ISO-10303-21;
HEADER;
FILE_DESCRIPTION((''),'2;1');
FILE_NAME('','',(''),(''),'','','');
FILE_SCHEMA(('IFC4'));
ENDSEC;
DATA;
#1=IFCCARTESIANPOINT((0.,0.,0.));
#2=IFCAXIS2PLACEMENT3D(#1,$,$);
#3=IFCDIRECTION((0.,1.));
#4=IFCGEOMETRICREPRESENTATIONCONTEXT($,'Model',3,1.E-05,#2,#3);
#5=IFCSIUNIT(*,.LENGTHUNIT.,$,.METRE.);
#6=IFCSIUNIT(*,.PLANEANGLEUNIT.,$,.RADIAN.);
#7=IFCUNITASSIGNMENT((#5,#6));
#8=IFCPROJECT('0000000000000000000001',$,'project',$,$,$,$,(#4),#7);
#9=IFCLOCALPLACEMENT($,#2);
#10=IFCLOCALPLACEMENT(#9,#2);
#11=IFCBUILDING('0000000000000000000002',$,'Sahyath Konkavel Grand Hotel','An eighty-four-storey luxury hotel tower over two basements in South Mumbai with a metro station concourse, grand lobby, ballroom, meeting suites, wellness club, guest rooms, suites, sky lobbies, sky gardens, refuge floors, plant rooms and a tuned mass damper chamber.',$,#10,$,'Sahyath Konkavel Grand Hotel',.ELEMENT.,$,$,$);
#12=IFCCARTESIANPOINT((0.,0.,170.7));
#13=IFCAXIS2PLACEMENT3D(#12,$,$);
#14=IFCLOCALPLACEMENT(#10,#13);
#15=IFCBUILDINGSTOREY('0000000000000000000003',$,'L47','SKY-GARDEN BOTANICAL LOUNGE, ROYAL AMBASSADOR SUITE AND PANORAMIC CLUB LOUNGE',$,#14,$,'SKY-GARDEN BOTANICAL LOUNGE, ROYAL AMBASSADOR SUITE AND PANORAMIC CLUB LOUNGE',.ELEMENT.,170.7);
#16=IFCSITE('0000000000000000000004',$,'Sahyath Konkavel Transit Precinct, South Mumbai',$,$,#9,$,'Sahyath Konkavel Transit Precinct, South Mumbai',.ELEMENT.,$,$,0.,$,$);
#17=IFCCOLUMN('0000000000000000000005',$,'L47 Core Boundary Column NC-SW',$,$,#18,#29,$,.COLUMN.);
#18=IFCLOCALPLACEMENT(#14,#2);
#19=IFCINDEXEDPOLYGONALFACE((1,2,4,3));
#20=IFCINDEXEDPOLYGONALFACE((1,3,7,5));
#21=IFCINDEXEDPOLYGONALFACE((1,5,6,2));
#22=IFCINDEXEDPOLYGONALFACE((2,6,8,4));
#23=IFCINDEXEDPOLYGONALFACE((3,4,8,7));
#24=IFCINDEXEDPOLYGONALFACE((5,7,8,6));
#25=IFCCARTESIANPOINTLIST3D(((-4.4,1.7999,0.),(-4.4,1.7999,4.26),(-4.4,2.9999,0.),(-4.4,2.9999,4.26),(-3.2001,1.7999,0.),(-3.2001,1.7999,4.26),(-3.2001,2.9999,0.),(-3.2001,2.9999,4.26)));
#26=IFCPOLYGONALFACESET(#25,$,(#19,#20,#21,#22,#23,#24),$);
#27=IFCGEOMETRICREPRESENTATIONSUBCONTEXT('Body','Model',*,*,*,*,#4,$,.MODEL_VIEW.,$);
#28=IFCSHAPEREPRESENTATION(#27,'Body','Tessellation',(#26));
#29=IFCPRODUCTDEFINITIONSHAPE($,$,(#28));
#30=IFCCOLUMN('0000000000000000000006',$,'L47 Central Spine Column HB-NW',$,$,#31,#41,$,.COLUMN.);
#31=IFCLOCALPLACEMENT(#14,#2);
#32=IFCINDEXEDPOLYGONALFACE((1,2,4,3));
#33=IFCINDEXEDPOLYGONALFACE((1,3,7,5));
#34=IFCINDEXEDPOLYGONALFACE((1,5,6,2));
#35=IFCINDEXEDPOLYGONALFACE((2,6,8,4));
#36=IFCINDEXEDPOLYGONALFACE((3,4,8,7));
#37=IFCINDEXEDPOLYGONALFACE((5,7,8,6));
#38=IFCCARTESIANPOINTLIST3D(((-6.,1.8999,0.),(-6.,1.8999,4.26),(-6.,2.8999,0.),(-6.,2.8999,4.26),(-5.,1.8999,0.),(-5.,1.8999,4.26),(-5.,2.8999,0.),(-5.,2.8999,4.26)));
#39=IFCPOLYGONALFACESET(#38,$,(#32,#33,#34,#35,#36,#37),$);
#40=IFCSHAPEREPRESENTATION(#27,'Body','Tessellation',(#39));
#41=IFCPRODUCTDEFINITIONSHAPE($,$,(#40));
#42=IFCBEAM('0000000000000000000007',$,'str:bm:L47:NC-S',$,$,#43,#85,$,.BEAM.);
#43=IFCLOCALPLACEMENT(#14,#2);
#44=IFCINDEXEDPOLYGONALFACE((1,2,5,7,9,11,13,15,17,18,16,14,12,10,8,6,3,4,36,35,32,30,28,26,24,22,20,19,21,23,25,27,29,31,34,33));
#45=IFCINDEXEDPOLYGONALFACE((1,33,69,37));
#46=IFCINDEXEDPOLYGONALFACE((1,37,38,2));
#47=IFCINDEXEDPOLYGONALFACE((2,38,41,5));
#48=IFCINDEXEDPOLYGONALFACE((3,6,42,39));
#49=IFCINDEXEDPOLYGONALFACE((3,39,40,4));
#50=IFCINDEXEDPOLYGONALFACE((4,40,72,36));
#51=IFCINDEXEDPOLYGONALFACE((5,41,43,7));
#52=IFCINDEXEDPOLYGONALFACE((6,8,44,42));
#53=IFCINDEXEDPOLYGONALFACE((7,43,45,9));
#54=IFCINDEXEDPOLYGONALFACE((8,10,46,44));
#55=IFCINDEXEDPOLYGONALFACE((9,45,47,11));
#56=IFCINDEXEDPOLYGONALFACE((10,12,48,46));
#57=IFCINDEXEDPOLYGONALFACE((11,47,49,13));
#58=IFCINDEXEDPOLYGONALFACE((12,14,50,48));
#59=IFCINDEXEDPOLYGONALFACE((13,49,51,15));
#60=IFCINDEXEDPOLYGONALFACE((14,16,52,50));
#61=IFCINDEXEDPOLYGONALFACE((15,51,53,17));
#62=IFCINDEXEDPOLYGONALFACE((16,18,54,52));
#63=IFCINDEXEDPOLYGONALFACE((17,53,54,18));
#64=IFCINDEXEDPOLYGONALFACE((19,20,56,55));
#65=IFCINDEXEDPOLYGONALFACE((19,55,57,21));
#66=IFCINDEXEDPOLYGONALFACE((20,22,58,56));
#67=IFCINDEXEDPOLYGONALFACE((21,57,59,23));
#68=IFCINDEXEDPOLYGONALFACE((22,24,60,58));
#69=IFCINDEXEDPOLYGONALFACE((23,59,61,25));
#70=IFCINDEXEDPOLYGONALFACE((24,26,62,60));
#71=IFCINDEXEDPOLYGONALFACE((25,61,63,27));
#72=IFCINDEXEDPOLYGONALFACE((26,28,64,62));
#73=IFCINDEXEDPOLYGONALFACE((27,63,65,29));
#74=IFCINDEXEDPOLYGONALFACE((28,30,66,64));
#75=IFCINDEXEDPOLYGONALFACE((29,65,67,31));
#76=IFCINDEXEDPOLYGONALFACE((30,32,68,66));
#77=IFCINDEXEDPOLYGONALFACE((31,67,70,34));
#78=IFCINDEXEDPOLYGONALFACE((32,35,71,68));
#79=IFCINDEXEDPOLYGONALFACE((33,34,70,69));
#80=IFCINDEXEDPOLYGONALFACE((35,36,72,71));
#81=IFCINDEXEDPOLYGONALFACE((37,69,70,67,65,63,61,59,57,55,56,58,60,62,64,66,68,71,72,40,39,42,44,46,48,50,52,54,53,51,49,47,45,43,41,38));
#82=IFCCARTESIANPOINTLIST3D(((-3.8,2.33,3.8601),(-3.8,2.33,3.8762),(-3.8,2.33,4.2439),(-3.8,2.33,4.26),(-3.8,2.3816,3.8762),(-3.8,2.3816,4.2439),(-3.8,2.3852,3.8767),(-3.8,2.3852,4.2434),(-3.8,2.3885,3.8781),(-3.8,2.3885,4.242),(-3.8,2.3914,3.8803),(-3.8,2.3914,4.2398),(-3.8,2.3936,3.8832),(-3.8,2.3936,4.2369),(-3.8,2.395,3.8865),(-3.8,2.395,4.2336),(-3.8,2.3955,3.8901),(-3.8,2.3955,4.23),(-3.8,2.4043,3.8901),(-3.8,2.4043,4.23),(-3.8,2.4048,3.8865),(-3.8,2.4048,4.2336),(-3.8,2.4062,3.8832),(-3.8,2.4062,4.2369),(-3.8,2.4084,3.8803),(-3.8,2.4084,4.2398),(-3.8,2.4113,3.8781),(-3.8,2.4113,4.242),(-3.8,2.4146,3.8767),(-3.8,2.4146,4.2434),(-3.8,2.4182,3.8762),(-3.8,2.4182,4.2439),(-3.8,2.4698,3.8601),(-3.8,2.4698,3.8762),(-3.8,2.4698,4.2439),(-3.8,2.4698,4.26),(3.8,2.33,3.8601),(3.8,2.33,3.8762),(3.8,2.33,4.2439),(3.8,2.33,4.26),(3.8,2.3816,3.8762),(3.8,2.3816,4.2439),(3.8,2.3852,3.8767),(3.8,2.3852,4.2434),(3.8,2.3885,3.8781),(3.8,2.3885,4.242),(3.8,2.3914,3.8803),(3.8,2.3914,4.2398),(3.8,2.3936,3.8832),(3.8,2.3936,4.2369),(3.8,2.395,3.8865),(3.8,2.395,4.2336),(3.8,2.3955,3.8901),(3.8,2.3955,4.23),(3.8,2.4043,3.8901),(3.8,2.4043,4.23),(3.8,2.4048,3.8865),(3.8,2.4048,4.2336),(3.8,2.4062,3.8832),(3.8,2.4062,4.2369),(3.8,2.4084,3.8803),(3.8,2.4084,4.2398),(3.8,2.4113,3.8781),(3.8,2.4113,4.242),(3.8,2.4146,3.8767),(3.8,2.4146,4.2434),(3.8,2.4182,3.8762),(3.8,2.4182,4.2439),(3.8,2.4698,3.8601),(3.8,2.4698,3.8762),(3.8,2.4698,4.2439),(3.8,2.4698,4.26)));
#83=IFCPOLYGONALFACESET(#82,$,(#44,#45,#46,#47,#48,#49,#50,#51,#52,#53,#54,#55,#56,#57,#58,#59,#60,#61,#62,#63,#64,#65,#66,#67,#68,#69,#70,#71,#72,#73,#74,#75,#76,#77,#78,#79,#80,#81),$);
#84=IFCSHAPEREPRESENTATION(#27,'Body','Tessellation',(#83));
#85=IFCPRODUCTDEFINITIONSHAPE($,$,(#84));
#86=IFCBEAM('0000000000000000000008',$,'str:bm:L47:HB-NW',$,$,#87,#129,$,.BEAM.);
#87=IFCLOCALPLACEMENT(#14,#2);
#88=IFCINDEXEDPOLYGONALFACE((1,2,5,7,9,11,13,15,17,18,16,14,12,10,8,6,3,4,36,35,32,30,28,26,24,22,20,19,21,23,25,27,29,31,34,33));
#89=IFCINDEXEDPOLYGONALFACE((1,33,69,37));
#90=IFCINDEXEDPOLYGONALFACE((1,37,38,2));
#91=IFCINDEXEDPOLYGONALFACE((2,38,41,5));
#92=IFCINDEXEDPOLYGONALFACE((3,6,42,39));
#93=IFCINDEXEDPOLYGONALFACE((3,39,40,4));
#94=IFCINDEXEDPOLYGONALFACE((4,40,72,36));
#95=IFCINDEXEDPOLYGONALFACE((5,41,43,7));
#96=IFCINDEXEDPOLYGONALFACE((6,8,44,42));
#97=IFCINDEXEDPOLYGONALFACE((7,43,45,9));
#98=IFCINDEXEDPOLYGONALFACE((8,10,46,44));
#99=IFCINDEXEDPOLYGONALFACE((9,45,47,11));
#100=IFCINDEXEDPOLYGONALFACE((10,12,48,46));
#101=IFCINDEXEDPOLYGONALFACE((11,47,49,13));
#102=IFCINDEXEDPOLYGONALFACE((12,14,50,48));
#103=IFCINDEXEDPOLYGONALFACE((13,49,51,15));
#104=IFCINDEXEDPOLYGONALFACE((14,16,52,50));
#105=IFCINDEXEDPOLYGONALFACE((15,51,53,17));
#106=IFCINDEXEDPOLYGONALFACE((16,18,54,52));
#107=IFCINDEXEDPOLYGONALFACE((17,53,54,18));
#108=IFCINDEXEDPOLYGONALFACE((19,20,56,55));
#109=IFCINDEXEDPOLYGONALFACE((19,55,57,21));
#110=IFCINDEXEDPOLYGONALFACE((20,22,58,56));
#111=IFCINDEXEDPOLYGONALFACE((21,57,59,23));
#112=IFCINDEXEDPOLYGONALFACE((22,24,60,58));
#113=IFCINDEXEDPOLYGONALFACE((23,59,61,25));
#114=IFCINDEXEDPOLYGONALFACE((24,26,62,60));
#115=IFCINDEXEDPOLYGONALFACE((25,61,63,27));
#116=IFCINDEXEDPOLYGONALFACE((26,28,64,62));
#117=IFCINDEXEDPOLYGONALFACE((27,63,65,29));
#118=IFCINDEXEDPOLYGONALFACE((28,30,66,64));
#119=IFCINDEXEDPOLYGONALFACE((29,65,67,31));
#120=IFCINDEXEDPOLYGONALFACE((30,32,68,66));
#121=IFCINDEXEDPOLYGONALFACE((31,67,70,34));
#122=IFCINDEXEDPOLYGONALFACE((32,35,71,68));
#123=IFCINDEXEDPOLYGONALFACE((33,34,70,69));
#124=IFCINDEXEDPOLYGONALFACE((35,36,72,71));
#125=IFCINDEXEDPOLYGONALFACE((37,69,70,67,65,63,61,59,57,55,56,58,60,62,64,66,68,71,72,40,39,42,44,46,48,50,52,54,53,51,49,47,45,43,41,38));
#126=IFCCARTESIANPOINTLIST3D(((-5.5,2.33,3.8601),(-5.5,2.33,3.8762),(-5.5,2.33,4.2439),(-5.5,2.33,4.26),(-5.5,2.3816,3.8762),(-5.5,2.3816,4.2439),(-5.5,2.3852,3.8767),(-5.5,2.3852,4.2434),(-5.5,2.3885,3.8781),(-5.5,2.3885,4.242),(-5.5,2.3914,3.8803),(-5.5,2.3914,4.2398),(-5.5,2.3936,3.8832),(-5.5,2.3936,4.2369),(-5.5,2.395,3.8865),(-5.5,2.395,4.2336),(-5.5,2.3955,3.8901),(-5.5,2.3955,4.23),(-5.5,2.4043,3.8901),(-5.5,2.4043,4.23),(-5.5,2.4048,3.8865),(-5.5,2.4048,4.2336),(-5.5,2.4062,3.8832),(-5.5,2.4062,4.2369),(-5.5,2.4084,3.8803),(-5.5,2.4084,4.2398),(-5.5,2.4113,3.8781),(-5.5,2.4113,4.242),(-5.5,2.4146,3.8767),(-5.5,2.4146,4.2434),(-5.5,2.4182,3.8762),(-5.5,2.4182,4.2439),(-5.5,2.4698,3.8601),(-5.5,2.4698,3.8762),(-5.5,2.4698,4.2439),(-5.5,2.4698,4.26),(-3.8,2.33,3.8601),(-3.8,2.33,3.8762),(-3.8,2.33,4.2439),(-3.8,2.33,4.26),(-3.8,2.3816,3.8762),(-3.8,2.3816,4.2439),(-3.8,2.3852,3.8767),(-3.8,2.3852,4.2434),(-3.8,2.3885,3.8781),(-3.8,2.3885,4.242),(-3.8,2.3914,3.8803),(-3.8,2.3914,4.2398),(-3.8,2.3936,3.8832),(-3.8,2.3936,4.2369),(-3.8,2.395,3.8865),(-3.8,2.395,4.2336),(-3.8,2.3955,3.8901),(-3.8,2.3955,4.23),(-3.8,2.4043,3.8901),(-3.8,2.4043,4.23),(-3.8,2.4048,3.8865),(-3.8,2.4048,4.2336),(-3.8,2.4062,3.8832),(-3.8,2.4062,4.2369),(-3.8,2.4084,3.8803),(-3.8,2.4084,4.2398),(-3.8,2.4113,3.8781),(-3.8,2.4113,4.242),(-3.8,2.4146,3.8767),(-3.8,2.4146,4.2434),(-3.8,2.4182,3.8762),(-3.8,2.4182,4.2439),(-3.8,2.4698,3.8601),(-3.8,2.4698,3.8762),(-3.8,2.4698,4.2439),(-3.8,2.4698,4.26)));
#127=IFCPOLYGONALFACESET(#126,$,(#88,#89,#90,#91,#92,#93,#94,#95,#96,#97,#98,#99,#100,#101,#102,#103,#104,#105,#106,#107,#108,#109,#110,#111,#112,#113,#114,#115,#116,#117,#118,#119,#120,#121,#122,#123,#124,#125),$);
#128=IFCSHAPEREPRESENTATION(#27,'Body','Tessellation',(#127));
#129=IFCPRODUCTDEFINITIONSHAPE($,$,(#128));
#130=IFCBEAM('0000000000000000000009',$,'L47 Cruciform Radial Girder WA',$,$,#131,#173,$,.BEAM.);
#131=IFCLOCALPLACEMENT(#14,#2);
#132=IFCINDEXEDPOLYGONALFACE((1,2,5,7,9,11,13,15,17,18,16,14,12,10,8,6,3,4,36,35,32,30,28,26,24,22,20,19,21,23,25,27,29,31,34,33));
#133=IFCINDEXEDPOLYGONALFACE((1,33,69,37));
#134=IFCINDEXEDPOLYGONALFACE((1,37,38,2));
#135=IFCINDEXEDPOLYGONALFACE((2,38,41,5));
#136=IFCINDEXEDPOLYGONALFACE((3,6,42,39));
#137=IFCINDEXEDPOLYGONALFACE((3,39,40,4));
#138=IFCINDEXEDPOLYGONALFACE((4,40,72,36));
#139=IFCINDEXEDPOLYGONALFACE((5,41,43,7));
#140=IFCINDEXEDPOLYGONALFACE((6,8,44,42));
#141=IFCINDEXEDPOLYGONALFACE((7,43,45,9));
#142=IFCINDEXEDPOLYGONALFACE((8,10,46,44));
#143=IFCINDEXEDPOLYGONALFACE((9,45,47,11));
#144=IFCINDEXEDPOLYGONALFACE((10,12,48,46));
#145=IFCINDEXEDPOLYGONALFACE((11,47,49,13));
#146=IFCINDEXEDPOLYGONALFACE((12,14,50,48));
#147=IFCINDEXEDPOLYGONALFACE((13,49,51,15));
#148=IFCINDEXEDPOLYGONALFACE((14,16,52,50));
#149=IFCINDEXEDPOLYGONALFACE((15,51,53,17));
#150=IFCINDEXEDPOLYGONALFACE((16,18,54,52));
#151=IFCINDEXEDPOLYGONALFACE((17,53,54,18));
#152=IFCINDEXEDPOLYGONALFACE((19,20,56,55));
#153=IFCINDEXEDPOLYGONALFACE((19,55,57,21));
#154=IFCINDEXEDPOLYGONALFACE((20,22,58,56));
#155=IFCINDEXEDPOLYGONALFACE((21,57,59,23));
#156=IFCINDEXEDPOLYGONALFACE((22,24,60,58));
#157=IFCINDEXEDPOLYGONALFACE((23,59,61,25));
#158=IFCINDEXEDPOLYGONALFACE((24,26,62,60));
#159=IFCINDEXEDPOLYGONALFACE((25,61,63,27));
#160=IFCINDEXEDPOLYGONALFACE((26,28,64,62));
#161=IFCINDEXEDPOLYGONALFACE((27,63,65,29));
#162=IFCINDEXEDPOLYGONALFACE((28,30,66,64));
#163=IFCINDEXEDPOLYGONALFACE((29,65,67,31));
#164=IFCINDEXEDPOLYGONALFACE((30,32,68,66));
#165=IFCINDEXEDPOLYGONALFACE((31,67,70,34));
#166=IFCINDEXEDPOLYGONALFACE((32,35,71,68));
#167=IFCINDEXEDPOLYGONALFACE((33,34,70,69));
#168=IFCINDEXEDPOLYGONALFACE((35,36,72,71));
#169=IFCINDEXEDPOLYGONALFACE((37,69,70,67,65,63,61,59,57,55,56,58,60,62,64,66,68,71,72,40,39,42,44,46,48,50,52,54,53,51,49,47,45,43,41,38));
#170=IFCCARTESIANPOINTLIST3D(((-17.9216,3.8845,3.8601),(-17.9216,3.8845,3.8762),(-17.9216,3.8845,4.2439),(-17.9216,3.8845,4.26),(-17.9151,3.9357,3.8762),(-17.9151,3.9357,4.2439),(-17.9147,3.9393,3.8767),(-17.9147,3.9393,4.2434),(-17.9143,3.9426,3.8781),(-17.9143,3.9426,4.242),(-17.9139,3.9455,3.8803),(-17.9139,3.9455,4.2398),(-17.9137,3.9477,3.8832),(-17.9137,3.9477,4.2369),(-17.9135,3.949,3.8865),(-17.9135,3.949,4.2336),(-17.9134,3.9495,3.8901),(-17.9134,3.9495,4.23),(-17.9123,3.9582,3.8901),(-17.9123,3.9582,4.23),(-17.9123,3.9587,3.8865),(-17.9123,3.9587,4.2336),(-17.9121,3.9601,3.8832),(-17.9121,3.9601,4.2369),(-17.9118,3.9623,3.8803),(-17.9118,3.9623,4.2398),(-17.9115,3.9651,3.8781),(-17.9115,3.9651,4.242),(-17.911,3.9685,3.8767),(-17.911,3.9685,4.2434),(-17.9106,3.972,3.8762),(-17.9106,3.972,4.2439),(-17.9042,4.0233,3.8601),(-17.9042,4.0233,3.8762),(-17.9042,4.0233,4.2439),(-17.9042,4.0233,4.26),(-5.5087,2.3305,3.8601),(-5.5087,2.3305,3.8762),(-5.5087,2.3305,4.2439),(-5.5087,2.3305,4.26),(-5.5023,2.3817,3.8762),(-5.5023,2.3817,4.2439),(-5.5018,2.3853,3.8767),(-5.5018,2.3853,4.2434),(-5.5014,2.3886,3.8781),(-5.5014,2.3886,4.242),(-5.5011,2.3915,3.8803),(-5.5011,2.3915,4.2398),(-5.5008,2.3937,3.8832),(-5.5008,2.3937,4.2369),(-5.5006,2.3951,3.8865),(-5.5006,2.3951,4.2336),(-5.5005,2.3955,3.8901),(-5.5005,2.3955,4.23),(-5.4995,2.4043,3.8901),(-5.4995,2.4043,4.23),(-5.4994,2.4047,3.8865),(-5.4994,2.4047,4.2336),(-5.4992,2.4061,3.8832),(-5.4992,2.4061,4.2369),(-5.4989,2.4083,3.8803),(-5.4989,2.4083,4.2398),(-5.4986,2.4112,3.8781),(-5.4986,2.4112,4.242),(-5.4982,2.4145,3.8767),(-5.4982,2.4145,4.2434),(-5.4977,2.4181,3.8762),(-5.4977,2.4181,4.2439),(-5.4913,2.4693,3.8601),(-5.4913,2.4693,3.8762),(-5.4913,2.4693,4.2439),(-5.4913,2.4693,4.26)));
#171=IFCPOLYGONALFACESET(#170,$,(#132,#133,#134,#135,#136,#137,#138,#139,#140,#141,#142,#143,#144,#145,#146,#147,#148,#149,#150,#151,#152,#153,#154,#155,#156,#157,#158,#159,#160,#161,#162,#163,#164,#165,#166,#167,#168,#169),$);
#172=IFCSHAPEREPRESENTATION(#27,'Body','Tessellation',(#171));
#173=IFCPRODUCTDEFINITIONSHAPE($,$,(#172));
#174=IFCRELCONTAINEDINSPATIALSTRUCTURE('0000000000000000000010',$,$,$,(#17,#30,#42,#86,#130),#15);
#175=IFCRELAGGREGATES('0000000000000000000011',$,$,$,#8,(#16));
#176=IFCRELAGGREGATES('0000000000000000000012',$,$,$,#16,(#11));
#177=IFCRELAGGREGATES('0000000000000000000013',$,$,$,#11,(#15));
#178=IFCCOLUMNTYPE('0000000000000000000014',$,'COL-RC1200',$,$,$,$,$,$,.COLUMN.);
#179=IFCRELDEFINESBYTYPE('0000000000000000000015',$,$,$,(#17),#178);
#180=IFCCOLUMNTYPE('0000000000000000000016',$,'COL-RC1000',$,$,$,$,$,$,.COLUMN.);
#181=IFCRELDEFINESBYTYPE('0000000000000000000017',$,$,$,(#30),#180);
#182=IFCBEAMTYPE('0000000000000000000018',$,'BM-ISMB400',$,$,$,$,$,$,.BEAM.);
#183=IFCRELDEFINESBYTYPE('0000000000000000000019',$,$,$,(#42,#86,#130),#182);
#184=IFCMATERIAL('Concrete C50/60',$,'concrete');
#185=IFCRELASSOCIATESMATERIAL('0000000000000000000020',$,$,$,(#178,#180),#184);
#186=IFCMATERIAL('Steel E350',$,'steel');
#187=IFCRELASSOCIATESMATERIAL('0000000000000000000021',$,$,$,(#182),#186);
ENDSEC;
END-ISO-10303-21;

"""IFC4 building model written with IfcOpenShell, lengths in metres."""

from ifc_helpers import new_model, si_unit, direction, frame, origin, origin_2d, place, context, subcontext, project, spatial, rectangle, i_section, extrude, source, transform, mapped, material, material_profile, profile_set, type_object, element, save


model = new_model("IFC4")

# Units and contexts
model_context = context("Model", 3, precision=1e-05, world=origin(), true_north=direction((0.0, 1.0)))
body_context = subcontext(model_context, "Body", "Model", "MODEL_VIEW")
ifc_project = project(units=[si_unit("LENGTHUNIT", "METRE"), si_unit("PLANEANGLEUNIT", "RADIAN")], contexts=[model_context])

# Site, building, storey
site_placement = place(None, origin())
site = spatial("IfcSite", under=ifc_project, at=site_placement, Name="Sahyath Konkavel Transit Precinct, South Mumbai", LongName="Sahyath Konkavel Transit Precinct, South Mumbai", CompositionType="ELEMENT", RefElevation=0.0)
building_placement = place(site_placement, origin())
building = spatial("IfcBuilding", under=site, at=building_placement, Name="Sahyath Konkavel Grand Hotel", Description="An eighty-four-storey luxury hotel tower over two basements in South Mumbai with a metro station concourse, grand lobby, ballroom, meeting suites, wellness club, guest rooms, suites, sky lobbies, sky gardens, refuge floors, plant rooms and a tuned mass damper chamber.", LongName="Sahyath Konkavel Grand Hotel", CompositionType="ELEMENT")
storey_placement = place(building_placement, frame((0.0, 0.0, 170.7)))
storey = spatial("IfcBuildingStorey", under=building, at=storey_placement, Name="L47", Description="SKY-GARDEN BOTANICAL LOUNGE, ROYAL AMBASSADOR SUITE AND PANORAMIC CLUB LOUNGE", LongName="SKY-GARDEN BOTANICAL LOUNGE, ROYAL AMBASSADOR SUITE AND PANORAMIC CLUB LOUNGE", CompositionType="ELEMENT", Elevation=170.7)

# Columns
ifc_material_1 = material(Name="Concrete C50/60", Category="concrete")
ifc_material_profile_1 = material_profile(ifc_material_1, rectangle(XDim=1.2, YDim=1.2, at=origin_2d()), Name="RC 1200x1200")
ifc_profile_set_1 = profile_set([ifc_material_profile_1], Name="Concrete C50/60")
column_type_1 = type_object("IfcColumnType", Name="COL-RC1200", PredefinedType="COLUMN", material=ifc_profile_set_1)
shared_shape_1 = source(origin(), body_context, "Body", "SweptSolid", [
    extrude(rectangle(XDim=1.2, YDim=1.2, at=origin_2d()), origin(), (0.0, 0.0, 1.0), 4.26),
])
column_1_placement = place(storey_placement, frame((-3.8, 2.3999, 0.0), z_axis=(0.0, 0.0, 1.0), x_axis=(1.0, 0.0, 0.0)))
element("IfcColumn", 1, at=column_1_placement, inside=storey, type_object=column_type_1, Name="L47 Core Boundary Column NC-SW", PredefinedType="COLUMN", context=body_context, shape_type="MappedRepresentation", body=[
    mapped(shared_shape_1, transform((0.0, 0.0, 0.0), scale=1.0)),
])
ifc_material_profile_2 = material_profile(ifc_material_1, rectangle(XDim=1.0, YDim=1.0, at=origin_2d()), Name="RC 1000x1000")
ifc_profile_set_2 = profile_set([ifc_material_profile_2], Name="Concrete C50/60")
column_type_2 = type_object("IfcColumnType", Name="COL-RC1000", PredefinedType="COLUMN", material=ifc_profile_set_2)
shared_shape_2 = source(origin(), body_context, "Body", "SweptSolid", [
    extrude(rectangle(XDim=1.0, YDim=1.0, at=origin_2d()), origin(), (0.0, 0.0, 1.0), 4.26),
])
column_2_placement = place(storey_placement, frame((-5.5, 2.3999, 0.0), z_axis=(0.0, 0.0, 1.0), x_axis=(1.0, 0.0, 0.0)))
element("IfcColumn", 2, at=column_2_placement, inside=storey, type_object=column_type_2, Name="L47 Central Spine Column HB-NW", PredefinedType="COLUMN", context=body_context, shape_type="MappedRepresentation", body=[
    mapped(shared_shape_2, transform((0.0, 0.0, 0.0), scale=1.0)),
])

# Beams
ifc_material_2 = material(Name="Steel E350", Category="steel")
ifc_material_profile_3 = material_profile(ifc_material_2, i_section(OverallWidth=0.1399, OverallDepth=0.3999, WebThickness=0.0088, FlangeThickness=0.0161, FilletRadius=0.0139, at=origin_2d()), Name="ISMB 400")
ifc_profile_set_3 = profile_set([ifc_material_profile_3], Name="Steel E350")
beam_type = type_object("IfcBeamType", Name="BM-ISMB400", PredefinedType="BEAM", material=ifc_profile_set_3)
shared_shape_3 = source(origin(), body_context, "Body", "SweptSolid", [
    extrude(i_section(OverallWidth=0.1399, OverallDepth=0.3999, WebThickness=0.0088, FlangeThickness=0.0161, FilletRadius=0.0139, at=origin_2d()), origin(), (0.0, 0.0, 1.0), 7.6001),
])
beam_1_placement = place(storey_placement, frame((-3.8, 2.3999, 4.0601), z_axis=(1.0, 0.0, 0.0), x_axis=(0.0, 1.0, 0.0)))
element("IfcBeam", 3, at=beam_1_placement, inside=storey, type_object=beam_type, Name="str:bm:L47:NC-S", PredefinedType="BEAM", context=body_context, shape_type="MappedRepresentation", body=[
    mapped(shared_shape_3, transform((0.0, 0.0, 0.0), scale=1.0)),
])
shared_shape_4 = source(origin(), body_context, "Body", "SweptSolid", [
    extrude(i_section(OverallWidth=0.1399, OverallDepth=0.3999, WebThickness=0.0088, FlangeThickness=0.0161, FilletRadius=0.0139, at=origin_2d()), origin(), (0.0, 0.0, 1.0), 1.7),
])
beam_2_placement = place(storey_placement, frame((-5.5, 2.3999, 4.0601), z_axis=(1.0, 0.0, 0.0), x_axis=(0.0, 1.0, 0.0)))
element("IfcBeam", 4, at=beam_2_placement, inside=storey, type_object=beam_type, Name="str:bm:L47:HB-NW", PredefinedType="BEAM", context=body_context, shape_type="MappedRepresentation", body=[
    mapped(shared_shape_4, transform((0.0, 0.0, 0.0), scale=1.0)),
])
shared_shape_5 = source(origin(), body_context, "Body", "SweptSolid", [
    extrude(i_section(OverallWidth=0.1399, OverallDepth=0.3999, WebThickness=0.0088, FlangeThickness=0.0161, FilletRadius=0.0139, at=origin_2d()), origin(), (0.0, 0.0, 1.0), 12.5098),
])
beam_3_placement = place(storey_placement, frame((-5.5, 2.3999, 4.0601), z_axis=(-0.992255, 0.12422, 0.0), x_axis=(-0.12422, -0.992255, 0.0)))
element("IfcBeam", 5, at=beam_3_placement, inside=storey, type_object=beam_type, Name="L47 Cruciform Radial Girder WA", PredefinedType="BEAM", context=body_context, shape_type="MappedRepresentation", body=[
    mapped(shared_shape_5, transform((0.0, 0.0, 0.0), scale=1.0)),
])

save(model, "model.ifc")
